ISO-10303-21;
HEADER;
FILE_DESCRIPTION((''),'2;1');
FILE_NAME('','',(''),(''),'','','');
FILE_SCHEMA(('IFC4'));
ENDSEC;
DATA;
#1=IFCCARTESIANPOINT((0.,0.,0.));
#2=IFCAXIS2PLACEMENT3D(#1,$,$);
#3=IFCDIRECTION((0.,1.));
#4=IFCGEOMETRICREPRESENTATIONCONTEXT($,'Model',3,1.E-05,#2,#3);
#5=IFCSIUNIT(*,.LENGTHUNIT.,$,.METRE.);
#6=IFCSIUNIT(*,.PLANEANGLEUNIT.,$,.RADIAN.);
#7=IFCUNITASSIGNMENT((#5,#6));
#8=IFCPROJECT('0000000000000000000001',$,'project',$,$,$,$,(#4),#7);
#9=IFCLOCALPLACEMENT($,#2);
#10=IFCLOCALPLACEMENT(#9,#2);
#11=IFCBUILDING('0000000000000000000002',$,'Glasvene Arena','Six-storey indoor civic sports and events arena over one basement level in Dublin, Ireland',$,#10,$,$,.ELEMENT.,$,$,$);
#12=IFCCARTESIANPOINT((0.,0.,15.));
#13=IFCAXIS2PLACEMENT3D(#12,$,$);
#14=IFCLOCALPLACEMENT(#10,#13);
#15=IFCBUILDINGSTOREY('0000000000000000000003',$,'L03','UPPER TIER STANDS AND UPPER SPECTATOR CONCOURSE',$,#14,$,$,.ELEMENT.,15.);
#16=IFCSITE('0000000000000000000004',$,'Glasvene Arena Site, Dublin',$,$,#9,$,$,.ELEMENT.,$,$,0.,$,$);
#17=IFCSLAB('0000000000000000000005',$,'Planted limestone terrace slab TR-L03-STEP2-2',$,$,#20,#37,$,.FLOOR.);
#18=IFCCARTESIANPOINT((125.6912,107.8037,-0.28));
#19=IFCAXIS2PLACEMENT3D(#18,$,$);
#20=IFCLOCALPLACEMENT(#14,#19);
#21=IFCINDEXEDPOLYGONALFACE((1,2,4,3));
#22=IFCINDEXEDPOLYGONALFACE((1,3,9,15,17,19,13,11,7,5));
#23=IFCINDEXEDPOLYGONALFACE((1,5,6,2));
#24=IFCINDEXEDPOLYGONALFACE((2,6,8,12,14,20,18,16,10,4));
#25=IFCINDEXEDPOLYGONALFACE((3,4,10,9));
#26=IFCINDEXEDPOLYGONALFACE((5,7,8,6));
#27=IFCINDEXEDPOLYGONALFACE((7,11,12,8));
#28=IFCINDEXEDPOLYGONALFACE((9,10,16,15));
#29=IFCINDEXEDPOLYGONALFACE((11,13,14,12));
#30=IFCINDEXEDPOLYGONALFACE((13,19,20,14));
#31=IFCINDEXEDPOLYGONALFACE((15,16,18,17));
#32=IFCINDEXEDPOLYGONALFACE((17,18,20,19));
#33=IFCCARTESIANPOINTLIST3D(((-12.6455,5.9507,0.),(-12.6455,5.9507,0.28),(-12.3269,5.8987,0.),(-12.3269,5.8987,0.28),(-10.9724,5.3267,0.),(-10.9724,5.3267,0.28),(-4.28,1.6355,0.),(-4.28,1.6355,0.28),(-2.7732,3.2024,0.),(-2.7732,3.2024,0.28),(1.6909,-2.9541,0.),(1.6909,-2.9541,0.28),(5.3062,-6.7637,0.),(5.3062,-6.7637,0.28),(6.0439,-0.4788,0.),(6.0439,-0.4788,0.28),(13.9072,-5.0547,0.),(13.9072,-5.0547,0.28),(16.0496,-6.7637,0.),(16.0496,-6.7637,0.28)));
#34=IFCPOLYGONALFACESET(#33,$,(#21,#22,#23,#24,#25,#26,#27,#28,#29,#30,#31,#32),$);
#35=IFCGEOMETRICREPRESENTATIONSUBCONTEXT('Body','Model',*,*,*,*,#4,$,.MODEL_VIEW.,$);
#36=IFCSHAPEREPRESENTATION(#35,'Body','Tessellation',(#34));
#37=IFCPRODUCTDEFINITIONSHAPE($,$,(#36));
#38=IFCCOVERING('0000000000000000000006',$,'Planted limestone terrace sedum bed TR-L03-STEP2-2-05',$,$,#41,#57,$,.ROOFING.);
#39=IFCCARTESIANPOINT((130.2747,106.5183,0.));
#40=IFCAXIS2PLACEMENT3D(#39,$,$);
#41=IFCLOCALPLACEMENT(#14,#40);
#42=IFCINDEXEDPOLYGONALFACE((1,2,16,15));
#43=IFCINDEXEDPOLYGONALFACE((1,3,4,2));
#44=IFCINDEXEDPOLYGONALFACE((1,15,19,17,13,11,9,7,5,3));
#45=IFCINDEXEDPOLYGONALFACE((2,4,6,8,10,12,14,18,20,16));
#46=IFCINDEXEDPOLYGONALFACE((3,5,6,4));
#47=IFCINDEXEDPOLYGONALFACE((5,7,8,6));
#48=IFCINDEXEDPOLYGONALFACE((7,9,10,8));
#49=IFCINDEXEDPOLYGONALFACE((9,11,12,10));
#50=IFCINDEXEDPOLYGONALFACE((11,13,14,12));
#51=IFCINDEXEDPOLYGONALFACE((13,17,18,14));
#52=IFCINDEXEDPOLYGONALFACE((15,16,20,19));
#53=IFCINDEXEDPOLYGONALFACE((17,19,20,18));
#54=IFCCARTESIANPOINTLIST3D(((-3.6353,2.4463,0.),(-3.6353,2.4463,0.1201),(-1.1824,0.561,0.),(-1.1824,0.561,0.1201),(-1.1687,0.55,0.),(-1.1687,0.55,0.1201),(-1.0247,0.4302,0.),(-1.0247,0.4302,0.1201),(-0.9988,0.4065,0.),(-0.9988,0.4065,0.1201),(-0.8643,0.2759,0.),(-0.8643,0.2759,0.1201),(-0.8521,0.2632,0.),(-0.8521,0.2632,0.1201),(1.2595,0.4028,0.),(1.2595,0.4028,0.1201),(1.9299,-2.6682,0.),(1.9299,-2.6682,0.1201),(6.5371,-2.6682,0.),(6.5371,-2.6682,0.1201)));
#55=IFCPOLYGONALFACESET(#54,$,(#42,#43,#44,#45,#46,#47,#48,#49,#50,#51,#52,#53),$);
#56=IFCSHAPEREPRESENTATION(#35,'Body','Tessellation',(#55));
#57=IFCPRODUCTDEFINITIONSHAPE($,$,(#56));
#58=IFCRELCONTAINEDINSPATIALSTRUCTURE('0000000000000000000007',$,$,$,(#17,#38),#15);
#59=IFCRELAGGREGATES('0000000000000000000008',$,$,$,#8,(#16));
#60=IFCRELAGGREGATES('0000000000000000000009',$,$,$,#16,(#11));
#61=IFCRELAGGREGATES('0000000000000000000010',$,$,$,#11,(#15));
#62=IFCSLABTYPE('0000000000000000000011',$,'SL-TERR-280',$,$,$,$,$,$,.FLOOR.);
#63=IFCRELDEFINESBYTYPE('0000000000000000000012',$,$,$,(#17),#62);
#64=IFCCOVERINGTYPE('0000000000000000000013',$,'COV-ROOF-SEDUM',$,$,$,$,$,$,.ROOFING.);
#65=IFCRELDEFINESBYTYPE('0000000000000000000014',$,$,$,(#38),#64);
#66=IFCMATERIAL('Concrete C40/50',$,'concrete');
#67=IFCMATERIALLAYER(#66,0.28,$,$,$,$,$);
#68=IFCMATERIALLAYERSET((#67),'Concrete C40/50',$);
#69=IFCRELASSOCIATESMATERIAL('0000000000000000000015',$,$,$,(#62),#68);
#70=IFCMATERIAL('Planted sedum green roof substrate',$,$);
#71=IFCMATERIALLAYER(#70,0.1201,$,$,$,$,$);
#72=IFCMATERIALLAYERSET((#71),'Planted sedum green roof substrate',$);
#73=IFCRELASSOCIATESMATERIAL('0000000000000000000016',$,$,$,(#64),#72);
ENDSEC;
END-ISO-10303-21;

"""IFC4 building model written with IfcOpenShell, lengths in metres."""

from ifc_helpers import new_model, si_unit, direction, frame, origin, place, context, subcontext, project, spatial, polyline, outline, extrude, material, layer, layer_set, type_object, element, save


model = new_model("IFC4")

# Units and contexts
model_context = context("Model", 3, precision=1e-05, world=origin(), true_north=direction((0.0, 1.0)))
body_context = subcontext(model_context, "Body", "Model", "MODEL_VIEW")
ifc_project = project(units=[si_unit("LENGTHUNIT", "METRE"), si_unit("PLANEANGLEUNIT", "RADIAN")], contexts=[model_context])

# Site, building, storey
site_placement = place(None, origin())
site = spatial("IfcSite", under=ifc_project, at=site_placement, Name="Glasvene Arena Site, Dublin", CompositionType="ELEMENT", RefElevation=0.0)
building_placement = place(site_placement, origin())
building = spatial("IfcBuilding", under=site, at=building_placement, Name="Glasvene Arena", Description="Six-storey indoor civic sports and events arena over one basement level in Dublin, Ireland", CompositionType="ELEMENT")
storey_placement = place(building_placement, frame((0.0, 0.0, 15.0)))
storey = spatial("IfcBuildingStorey", under=building, at=storey_placement, Name="L03", Description="UPPER TIER STANDS AND UPPER SPECTATOR CONCOURSE", CompositionType="ELEMENT", Elevation=15.0)

# Slab
ifc_material_1 = material(Name="Concrete C40/50", Category="concrete")
ifc_layer_1 = layer(ifc_material_1, 0.28)
ifc_layer_set_1 = layer_set([ifc_layer_1], Name="Concrete C40/50")
slab_type = type_object("IfcSlabType", Name="SL-TERR-280", PredefinedType="FLOOR", material=ifc_layer_set_1)
slab_placement = place(storey_placement, frame((125.6912, 107.8037, -0.28)))
element("IfcSlab", 1, at=slab_placement, inside=storey, type_object=slab_type, Name="Planted limestone terrace slab TR-L03-STEP2-2", PredefinedType="FLOOR", context=body_context, shape_type="SweptSolid", body=[
    extrude(outline(polyline([(-2.7732, 3.2024), (6.0439, -0.4788), (13.9072, -5.0547), (16.0496, -6.7637), (5.3062, -6.7637), (1.6909, -2.9541), (-4.28, 1.6355), (-10.9724, 5.3267), (-12.6455, 5.9507), (-12.3269, 5.8987), (-2.7732, 3.2024)])), origin(), (0.0, 0.0, 1.0), 0.28),
])

# Covering
ifc_material_2 = material(Name="Planted sedum green roof substrate")
ifc_layer_2 = layer(ifc_material_2, 0.1201)
ifc_layer_set_2 = layer_set([ifc_layer_2], Name="Planted sedum green roof substrate")
covering_type = type_object("IfcCoveringType", Name="COV-ROOF-SEDUM", PredefinedType="ROOFING", material=ifc_layer_set_2)
covering_placement = place(storey_placement, frame((130.2747, 106.5183, 0.0)))
element("IfcCovering", 2, at=covering_placement, inside=storey, type_object=covering_type, Name="Planted limestone terrace sedum bed TR-L03-STEP2-2-05", PredefinedType="ROOFING", context=body_context, shape_type="SweptSolid", body=[
    extrude(outline(polyline([(1.2595, 0.4028), (6.5371, -2.6682), (1.9299, -2.6682), (-0.8521, 0.2632), (-0.8643, 0.2759), (-0.9988, 0.4065), (-1.0247, 0.4302), (-1.1687, 0.55), (-1.1824, 0.561), (-3.6353, 2.4463), (1.2595, 0.4028)])), origin(), (0.0, 0.0, 1.0), 0.1201),
])

save(model, "model.ifc")
